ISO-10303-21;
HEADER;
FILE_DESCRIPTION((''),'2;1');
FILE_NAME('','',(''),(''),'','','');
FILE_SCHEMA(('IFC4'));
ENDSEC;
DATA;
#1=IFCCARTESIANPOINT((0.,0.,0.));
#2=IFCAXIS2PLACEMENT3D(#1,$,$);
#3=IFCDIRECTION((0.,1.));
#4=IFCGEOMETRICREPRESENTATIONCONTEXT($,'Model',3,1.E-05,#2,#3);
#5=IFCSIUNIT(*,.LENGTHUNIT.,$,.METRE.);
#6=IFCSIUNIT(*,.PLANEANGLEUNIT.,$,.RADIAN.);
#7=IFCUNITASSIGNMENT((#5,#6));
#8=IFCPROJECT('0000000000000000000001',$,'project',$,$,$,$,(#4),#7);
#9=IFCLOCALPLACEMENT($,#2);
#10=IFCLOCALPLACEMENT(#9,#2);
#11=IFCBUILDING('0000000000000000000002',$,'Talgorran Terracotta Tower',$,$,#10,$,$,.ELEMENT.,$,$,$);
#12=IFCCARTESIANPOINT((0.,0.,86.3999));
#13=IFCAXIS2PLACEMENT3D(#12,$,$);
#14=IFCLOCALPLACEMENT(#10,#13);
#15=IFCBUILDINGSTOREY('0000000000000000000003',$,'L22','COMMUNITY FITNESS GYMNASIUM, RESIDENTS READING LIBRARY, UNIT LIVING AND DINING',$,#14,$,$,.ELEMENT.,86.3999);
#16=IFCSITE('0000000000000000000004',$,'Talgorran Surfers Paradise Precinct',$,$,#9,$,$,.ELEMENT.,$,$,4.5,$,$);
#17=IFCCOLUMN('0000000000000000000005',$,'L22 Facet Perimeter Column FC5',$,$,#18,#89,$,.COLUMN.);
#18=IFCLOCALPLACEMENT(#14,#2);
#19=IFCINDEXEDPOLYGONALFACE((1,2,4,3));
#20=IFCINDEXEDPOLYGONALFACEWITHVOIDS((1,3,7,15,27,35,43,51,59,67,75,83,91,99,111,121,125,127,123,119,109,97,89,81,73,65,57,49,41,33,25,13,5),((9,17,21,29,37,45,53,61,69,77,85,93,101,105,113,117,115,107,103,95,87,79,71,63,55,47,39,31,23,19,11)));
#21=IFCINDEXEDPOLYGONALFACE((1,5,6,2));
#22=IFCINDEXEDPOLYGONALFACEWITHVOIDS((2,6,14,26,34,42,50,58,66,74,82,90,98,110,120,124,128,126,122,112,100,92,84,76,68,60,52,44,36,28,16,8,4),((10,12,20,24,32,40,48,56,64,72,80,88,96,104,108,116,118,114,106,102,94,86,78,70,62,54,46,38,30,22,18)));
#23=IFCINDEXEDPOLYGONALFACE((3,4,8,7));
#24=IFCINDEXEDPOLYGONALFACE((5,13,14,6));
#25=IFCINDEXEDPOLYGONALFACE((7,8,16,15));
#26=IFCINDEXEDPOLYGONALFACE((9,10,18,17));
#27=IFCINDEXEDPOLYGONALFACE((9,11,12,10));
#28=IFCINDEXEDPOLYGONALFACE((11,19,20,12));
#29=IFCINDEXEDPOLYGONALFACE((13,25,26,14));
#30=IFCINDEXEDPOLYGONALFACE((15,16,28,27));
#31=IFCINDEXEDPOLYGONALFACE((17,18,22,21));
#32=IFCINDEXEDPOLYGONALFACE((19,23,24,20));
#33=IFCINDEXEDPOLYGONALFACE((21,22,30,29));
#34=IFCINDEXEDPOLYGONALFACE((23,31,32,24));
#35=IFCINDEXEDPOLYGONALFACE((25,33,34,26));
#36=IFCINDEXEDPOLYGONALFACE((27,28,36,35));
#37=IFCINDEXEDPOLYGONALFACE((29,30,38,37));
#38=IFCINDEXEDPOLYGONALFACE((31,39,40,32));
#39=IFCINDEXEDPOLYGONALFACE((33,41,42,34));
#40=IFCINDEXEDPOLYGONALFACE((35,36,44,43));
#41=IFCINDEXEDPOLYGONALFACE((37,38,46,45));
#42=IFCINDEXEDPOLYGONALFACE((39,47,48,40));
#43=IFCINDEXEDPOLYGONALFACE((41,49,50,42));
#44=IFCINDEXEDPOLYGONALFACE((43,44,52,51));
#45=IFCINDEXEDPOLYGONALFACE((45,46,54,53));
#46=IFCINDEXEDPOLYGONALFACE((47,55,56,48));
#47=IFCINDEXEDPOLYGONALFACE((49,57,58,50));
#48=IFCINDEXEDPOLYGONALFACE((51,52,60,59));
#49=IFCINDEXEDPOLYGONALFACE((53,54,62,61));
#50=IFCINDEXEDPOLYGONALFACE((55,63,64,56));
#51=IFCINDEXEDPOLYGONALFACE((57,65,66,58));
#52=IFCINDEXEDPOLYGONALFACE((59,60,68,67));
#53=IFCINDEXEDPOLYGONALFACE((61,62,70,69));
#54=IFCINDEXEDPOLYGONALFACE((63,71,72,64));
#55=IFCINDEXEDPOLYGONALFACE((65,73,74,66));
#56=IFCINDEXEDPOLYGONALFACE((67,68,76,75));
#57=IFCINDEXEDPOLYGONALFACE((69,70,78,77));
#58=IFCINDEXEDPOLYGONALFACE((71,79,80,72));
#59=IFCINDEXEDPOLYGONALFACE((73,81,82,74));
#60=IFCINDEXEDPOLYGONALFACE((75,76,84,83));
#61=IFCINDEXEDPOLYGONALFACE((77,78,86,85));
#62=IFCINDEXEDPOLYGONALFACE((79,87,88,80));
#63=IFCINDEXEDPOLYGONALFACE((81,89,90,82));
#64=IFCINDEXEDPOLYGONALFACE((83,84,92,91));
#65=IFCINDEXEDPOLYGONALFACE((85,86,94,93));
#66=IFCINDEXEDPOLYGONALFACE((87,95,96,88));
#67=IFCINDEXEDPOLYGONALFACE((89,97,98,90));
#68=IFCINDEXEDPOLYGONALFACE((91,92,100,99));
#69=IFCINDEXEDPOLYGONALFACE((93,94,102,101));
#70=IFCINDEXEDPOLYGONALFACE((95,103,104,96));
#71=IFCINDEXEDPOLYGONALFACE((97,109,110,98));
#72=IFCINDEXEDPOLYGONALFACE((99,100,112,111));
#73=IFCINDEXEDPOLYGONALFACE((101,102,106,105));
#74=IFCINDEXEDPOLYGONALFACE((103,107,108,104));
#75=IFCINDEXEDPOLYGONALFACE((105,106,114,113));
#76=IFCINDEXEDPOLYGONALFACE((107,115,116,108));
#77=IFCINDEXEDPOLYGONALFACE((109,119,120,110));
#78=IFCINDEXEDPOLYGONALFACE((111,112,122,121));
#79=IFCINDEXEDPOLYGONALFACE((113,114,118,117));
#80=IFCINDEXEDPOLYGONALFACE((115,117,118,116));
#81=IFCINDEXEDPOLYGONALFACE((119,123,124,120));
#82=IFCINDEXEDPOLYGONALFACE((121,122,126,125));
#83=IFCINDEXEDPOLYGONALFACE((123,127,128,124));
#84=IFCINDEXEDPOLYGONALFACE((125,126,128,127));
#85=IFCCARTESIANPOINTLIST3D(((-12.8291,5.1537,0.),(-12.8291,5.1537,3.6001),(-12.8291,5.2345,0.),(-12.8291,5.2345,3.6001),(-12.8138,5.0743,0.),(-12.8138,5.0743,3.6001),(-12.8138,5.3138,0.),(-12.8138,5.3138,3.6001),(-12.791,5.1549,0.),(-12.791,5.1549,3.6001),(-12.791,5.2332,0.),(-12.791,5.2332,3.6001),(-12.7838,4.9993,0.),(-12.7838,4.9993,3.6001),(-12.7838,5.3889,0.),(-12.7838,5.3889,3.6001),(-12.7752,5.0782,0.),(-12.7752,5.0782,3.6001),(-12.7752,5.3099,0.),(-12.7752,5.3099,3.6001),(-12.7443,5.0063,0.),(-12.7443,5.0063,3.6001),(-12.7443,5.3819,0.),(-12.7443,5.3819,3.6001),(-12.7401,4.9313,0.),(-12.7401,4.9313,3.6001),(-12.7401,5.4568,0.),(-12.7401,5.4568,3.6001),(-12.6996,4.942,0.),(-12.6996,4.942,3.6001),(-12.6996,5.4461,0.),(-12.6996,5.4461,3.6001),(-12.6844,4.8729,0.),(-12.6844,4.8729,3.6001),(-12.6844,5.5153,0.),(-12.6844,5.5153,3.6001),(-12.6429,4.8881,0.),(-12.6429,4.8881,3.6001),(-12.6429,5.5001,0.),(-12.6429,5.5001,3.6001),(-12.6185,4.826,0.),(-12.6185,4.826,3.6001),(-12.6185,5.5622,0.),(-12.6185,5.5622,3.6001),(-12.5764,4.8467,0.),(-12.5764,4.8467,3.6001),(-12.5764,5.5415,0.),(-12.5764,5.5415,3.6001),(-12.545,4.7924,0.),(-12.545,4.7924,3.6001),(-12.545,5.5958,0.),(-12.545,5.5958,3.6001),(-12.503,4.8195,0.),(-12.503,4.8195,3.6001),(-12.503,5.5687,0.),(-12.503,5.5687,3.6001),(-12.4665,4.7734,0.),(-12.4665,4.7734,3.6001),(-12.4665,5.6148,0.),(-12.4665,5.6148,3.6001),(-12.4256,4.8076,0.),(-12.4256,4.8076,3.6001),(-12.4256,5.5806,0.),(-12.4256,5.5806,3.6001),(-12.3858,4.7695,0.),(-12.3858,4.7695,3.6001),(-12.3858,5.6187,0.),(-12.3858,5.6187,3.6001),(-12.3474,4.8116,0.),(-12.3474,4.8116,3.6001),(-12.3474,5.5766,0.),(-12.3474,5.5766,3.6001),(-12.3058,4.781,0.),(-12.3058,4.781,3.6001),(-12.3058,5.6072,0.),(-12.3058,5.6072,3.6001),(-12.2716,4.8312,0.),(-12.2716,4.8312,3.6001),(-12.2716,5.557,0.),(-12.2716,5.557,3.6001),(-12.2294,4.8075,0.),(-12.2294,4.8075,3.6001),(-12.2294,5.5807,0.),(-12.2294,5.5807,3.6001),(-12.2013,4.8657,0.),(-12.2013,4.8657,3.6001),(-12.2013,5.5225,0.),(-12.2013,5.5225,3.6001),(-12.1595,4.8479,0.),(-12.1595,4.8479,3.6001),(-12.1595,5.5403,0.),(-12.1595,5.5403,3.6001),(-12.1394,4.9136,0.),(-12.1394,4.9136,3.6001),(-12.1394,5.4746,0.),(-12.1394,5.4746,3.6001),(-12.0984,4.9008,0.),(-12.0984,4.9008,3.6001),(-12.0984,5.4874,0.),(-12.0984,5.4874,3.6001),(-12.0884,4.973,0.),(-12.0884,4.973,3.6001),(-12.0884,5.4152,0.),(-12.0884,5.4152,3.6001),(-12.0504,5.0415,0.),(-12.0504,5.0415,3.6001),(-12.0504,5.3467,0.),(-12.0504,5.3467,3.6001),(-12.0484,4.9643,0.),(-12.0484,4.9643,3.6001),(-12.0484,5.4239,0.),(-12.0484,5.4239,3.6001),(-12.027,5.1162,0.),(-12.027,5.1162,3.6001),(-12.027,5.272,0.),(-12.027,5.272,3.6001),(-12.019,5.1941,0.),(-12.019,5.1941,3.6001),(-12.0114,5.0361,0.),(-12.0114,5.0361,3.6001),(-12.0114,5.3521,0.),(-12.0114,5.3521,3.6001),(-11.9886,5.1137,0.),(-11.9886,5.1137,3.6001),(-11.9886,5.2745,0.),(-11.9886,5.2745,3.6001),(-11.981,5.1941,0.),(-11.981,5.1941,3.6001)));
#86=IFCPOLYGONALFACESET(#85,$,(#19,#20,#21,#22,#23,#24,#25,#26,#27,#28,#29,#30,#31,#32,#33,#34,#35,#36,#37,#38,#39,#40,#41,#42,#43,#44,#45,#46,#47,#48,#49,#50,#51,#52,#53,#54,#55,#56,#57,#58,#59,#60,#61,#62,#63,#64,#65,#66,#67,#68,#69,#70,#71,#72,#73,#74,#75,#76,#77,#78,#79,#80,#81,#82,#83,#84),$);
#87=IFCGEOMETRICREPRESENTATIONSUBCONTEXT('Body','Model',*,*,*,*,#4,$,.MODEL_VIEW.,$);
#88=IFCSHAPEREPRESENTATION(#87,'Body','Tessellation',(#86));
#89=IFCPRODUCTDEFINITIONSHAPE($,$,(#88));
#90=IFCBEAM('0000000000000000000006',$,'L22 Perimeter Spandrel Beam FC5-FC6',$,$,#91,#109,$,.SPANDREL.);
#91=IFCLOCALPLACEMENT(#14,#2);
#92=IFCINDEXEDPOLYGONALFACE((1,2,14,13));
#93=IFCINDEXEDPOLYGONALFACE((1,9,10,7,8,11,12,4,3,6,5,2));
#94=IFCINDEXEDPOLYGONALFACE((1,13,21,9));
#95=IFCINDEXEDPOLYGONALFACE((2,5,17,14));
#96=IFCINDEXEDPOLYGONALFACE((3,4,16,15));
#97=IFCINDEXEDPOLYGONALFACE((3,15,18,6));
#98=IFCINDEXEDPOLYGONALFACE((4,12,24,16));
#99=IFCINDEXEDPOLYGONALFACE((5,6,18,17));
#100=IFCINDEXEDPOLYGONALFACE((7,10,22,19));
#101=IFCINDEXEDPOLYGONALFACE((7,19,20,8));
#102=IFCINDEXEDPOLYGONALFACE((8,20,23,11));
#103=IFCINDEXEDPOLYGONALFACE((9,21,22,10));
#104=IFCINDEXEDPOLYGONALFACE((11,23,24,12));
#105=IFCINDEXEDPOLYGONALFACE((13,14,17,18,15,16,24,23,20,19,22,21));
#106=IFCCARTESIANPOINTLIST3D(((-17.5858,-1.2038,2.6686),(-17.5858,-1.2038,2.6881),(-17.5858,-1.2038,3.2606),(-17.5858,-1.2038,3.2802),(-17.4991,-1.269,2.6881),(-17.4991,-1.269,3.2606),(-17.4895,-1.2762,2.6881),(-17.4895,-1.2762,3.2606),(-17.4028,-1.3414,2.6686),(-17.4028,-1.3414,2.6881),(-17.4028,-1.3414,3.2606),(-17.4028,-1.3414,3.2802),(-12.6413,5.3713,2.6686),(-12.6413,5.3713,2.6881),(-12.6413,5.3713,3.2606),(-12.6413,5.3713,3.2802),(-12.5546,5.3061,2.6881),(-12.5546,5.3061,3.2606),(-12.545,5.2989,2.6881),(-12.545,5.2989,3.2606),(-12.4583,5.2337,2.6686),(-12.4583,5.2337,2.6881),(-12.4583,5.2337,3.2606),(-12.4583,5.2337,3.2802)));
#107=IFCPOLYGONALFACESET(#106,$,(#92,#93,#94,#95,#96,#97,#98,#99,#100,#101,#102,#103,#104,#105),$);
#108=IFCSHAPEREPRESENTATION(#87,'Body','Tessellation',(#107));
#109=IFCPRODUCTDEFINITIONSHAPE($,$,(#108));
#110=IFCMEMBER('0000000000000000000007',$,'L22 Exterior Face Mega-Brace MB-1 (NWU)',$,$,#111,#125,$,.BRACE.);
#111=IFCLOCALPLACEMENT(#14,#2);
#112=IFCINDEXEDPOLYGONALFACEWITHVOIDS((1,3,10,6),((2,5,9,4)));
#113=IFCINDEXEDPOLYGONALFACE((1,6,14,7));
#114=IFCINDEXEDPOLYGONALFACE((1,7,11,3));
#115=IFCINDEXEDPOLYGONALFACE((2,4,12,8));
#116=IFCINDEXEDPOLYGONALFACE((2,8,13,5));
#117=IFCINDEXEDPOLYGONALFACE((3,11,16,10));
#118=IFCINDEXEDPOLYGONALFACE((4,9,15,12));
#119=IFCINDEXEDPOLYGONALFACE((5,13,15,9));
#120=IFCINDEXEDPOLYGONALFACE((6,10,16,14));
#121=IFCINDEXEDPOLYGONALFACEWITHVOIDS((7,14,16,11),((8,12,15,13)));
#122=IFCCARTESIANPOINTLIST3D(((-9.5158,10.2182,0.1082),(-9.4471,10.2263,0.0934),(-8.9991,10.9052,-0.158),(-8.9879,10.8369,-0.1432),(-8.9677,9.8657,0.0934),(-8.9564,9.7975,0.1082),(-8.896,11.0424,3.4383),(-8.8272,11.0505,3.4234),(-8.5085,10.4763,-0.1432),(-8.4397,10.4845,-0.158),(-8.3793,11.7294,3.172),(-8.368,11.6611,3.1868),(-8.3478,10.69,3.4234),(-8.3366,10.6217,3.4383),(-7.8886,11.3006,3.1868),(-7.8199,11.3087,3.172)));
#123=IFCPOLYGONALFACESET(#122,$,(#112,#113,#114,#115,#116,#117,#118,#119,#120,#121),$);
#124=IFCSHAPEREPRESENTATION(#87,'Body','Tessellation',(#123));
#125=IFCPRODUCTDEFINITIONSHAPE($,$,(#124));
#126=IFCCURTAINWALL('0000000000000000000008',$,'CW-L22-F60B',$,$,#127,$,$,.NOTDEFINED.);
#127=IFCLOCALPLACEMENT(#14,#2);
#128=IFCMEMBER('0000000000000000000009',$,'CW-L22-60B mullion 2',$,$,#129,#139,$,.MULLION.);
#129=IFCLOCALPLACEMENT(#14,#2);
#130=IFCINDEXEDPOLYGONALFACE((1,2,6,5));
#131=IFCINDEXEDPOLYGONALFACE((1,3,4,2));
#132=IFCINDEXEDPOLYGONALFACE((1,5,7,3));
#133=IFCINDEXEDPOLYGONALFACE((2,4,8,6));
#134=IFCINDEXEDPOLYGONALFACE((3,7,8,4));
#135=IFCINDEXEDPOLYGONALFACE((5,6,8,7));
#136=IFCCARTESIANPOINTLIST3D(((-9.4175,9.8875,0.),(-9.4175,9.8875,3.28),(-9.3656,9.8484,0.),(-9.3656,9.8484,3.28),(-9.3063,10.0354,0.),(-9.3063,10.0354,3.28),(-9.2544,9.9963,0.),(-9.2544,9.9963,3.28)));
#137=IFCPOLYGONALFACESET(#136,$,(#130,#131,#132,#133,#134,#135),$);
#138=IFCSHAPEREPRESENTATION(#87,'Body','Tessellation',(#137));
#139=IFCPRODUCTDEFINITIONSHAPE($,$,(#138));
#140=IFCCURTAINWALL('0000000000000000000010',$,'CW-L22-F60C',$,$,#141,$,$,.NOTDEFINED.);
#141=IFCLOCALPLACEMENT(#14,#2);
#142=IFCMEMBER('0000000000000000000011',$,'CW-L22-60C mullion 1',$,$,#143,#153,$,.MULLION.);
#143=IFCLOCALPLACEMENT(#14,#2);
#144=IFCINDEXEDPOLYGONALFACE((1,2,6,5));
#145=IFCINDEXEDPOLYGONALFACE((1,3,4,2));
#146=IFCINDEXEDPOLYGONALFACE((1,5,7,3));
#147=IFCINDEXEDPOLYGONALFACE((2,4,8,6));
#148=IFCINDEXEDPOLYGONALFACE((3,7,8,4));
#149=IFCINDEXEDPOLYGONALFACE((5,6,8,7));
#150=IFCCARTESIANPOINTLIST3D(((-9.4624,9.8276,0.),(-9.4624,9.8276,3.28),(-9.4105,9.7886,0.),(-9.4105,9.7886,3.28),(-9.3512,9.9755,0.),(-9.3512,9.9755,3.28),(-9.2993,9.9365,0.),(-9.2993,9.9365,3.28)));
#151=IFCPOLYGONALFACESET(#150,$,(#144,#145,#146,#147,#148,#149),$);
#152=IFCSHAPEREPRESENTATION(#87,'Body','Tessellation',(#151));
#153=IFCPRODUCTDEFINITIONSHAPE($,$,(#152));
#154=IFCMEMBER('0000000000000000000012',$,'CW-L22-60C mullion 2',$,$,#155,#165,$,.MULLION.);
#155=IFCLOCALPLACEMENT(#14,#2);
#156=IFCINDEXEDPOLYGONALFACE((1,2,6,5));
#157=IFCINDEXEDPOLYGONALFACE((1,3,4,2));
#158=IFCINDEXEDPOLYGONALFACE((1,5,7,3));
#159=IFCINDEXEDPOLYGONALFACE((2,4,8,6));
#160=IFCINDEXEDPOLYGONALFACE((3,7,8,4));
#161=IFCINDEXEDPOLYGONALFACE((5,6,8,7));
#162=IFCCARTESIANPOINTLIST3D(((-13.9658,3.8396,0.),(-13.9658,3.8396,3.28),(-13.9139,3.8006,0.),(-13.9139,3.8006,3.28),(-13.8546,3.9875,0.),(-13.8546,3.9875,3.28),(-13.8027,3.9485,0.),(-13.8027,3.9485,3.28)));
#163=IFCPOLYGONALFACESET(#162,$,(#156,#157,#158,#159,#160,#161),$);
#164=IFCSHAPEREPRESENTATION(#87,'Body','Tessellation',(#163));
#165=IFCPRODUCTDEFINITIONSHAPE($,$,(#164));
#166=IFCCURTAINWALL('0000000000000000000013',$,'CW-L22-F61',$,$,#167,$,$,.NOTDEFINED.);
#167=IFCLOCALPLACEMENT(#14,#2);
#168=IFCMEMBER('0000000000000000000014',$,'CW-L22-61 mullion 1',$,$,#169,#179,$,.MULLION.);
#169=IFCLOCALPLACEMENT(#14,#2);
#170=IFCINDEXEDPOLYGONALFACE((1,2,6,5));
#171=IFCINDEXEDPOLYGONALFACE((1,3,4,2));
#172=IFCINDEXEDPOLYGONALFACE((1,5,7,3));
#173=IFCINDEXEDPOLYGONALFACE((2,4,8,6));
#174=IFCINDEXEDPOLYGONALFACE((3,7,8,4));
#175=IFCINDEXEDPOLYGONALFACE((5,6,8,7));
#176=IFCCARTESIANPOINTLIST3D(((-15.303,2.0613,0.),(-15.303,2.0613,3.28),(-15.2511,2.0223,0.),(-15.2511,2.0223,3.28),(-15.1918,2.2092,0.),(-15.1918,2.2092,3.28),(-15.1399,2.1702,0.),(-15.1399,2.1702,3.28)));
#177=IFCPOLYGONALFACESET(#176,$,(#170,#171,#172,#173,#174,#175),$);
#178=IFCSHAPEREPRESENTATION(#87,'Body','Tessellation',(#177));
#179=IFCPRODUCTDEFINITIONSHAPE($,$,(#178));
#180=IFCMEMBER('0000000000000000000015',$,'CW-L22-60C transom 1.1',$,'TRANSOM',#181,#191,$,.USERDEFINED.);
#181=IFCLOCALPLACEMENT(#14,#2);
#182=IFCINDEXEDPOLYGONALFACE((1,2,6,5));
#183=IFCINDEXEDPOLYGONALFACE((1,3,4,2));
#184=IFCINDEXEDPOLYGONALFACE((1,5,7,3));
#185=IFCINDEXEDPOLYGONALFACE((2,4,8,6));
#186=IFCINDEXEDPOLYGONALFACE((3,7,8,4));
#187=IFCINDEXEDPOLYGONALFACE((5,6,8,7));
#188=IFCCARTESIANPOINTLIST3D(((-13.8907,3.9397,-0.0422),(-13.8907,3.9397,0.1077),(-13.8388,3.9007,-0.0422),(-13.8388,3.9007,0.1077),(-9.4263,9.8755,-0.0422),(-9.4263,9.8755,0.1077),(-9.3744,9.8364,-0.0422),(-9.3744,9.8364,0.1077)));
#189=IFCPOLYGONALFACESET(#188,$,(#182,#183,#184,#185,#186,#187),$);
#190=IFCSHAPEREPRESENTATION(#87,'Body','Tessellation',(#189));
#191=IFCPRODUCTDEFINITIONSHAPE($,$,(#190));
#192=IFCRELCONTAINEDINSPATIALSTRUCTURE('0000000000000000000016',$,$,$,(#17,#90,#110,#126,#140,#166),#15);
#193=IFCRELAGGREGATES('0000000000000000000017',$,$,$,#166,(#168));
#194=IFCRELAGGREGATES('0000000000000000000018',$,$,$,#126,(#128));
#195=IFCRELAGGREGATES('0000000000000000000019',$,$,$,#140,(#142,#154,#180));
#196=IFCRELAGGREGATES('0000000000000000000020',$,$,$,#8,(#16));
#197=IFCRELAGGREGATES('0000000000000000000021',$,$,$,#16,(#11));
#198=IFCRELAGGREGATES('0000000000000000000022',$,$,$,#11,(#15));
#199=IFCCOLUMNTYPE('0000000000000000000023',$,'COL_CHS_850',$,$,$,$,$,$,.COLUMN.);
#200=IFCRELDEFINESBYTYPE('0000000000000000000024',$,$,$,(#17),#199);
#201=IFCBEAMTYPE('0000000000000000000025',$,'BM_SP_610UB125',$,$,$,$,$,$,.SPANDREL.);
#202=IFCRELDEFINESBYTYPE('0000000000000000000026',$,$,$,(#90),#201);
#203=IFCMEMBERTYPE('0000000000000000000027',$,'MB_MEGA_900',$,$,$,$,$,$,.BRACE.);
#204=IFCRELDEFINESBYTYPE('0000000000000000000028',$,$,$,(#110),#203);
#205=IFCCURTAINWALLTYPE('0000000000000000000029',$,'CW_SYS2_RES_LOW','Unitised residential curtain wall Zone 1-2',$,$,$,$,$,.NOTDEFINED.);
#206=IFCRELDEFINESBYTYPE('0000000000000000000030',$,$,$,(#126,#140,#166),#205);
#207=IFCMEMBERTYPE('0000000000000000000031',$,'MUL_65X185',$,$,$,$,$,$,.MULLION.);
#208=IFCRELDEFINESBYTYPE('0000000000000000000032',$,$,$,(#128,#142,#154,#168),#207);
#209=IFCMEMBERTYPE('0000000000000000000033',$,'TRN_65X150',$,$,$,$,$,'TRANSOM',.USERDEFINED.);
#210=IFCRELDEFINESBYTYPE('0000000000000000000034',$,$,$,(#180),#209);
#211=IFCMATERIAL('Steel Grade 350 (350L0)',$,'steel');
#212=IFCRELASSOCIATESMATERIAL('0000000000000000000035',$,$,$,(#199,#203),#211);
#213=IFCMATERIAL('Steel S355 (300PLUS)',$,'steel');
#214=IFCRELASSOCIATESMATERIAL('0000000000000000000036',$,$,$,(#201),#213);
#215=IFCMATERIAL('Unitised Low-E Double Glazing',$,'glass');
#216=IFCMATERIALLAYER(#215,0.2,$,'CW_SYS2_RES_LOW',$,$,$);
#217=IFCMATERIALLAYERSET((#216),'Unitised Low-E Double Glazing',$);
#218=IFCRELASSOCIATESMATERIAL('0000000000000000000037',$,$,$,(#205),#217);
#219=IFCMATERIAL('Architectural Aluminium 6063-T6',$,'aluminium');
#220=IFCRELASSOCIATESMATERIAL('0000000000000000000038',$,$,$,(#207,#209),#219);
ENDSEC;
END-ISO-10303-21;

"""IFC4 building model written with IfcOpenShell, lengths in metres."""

from ifc_helpers import new_model, si_unit, direction, frame, origin, origin_2d, place, context, subcontext, project, spatial, rectangle, hollow_rectangle, hollow_circle, i_section, extrude, material, layer, layer_set, material_profile, profile_set, type_object, element, aggregate, save


model = new_model("IFC4")

# Units and contexts
model_context = context("Model", 3, precision=1e-05, world=origin(), true_north=direction((0.0, 1.0)))
body_context = subcontext(model_context, "Body", "Model", "MODEL_VIEW")
ifc_project = project(units=[si_unit("LENGTHUNIT", "METRE"), si_unit("PLANEANGLEUNIT", "RADIAN")], contexts=[model_context])

# Site, building, storey
site_placement = place(None, origin())
site = spatial("IfcSite", under=ifc_project, at=site_placement, Name="Talgorran Surfers Paradise Precinct", CompositionType="ELEMENT", RefElevation=4.5)
building_placement = place(site_placement, origin())
building = spatial("IfcBuilding", under=site, at=building_placement, Name="Talgorran Terracotta Tower", CompositionType="ELEMENT")
storey_placement = place(building_placement, frame((0.0, 0.0, 86.3999)))
storey = spatial("IfcBuildingStorey", under=building, at=storey_placement, Name="L22", Description="COMMUNITY FITNESS GYMNASIUM, RESIDENTS READING LIBRARY, UNIT LIVING AND DINING", CompositionType="ELEMENT", Elevation=86.3999)

# Column
ifc_material_1 = material(Name="Steel Grade 350 (350L0)", Category="steel")
ifc_material_profile_1 = material_profile(ifc_material_1, hollow_circle(Radius=0.425, WallThickness=0.0381, at=origin_2d()), Name="CHS850X38")
ifc_profile_set_1 = profile_set([ifc_material_profile_1], Name="Steel Grade 350 (350L0)")
column_type = type_object("IfcColumnType", Name="COL_CHS_850", PredefinedType="COLUMN", material=ifc_profile_set_1)
column_placement = place(storey_placement, frame((-12.406, 5.1941, 0.0), z_axis=(0.0, 0.0, 1.0), x_axis=(1.0, 0.0, 0.0)))
element("IfcColumn", 1, at=column_placement, inside=storey, type_object=column_type, Name="L22 Facet Perimeter Column FC5", PredefinedType="COLUMN", context=body_context, shape_type="SweptSolid", body=[
    extrude(hollow_circle(Radius=0.425, WallThickness=0.0381, at=origin_2d()), origin(), (0.0, 0.0, 1.0), 3.6001),
])

# Beam
ifc_material_2 = material(Name="Steel S355 (300PLUS)", Category="steel")
ifc_material_profile_2 = material_profile(ifc_material_2, i_section(OverallWidth=0.229, OverallDepth=0.6116, WebThickness=0.012, FlangeThickness=0.0195, at=origin_2d()), Name="610UB125")
ifc_profile_set_2 = profile_set([ifc_material_profile_2], Name="Steel S355 (300PLUS)")
beam_type = type_object("IfcBeamType", Name="BM_SP_610UB125", PredefinedType="SPANDREL", material=ifc_profile_set_2)
beam_placement = place(storey_placement, frame((-12.5498, 5.3025, 2.9744), z_axis=(-0.601025, -0.79923, 0.0), x_axis=(0.79923, -0.601025, 0.0)))
element("IfcBeam", 2, at=beam_placement, inside=storey, type_object=beam_type, Name="L22 Perimeter Spandrel Beam FC5-FC6", PredefinedType="SPANDREL", context=body_context, shape_type="SweptSolid", body=[
    extrude(i_section(OverallWidth=0.229, OverallDepth=0.6116, WebThickness=0.012, FlangeThickness=0.0195, at=origin_2d()), origin(), (0.0, 0.0, 1.0), 8.2268),
])

# Member
ifc_material_profile_3 = material_profile(ifc_material_1, hollow_rectangle(XDim=0.7, YDim=0.8999, WallThickness=0.05, at=origin_2d()), Name="WBOX900X700X50")
ifc_profile_set_3 = profile_set([ifc_material_profile_3], Name="Steel Grade 350 (350L0)")
member_type_1 = type_object("IfcMemberType", Name="MB_MEGA_900", PredefinedType="BRACE", material=ifc_profile_set_3)
member_1_placement = place(storey_placement, frame((-8.9778, 10.3513, -0.0249), z_axis=(0.177812, 0.236429, 0.95524), x_axis=(-0.799204, 0.60106, 0.0)))
element("IfcMember", 3, at=member_1_placement, inside=storey, type_object=member_type_1, Name="L22 Exterior Face Mega-Brace MB-1 (NWU)", PredefinedType="BRACE", context=body_context, shape_type="SweptSolid", body=[
    extrude(hollow_rectangle(XDim=0.7, YDim=0.8999, WallThickness=0.05, at=origin_2d()), origin(), (0.0, 0.0, 1.0), 3.4861),
])

# Curtain wall, member
ifc_material_3 = material(Name="Unitised Low-E Double Glazing", Category="glass")
ifc_layer_1 = layer(ifc_material_3, 0.2, Name="CW_SYS2_RES_LOW")
ifc_layer_set_1 = layer_set([ifc_layer_1], Name="Unitised Low-E Double Glazing")
curtain_wall_type = type_object("IfcCurtainWallType", Name="CW_SYS2_RES_LOW", Description="Unitised residential curtain wall Zone 1-2", PredefinedType="NOTDEFINED", material=ifc_layer_set_1)
curtain_wall_1_placement = place(storey_placement, origin())
curtain_wall_1 = element("IfcCurtainWall", 4, at=curtain_wall_1_placement, inside=storey, type_object=curtain_wall_type, Name="CW-L22-F60B", PredefinedType="NOTDEFINED")
ifc_material_4 = material(Name="Architectural Aluminium 6063-T6", Category="aluminium")
ifc_material_profile_4 = material_profile(ifc_material_4, rectangle(XDim=0.0649, YDim=0.1851, at=origin_2d()), Name="CWM65X185")
ifc_profile_set_4 = profile_set([ifc_material_profile_4], Name="Architectural Aluminium 6063-T6")
member_type_2 = type_object("IfcMemberType", Name="MUL_65X185", PredefinedType="MULLION", material=ifc_profile_set_4)
member_2_placement = place(storey_placement, frame((-9.3359, 9.9419, 0.0), z_axis=(0.0, 0.0, 1.0), x_axis=(0.799191, -0.601078, 0.0)))
member_2 = element("IfcMember", 5, at=member_2_placement, type_object=member_type_2, Name="CW-L22-60B mullion 2", PredefinedType="MULLION", context=body_context, shape_type="SweptSolid", body=[
    extrude(rectangle(XDim=0.0649, YDim=0.1851, at=origin_2d()), origin(), (0.0, 0.0, 1.0), 3.28),
])

# Curtain wall, members
curtain_wall_2_placement = place(storey_placement, origin())
curtain_wall_2 = element("IfcCurtainWall", 6, at=curtain_wall_2_placement, inside=storey, type_object=curtain_wall_type, Name="CW-L22-F60C", PredefinedType="NOTDEFINED")
member_3_placement = place(storey_placement, frame((-9.3809, 9.8821, 0.0), z_axis=(0.0, 0.0, 1.0), x_axis=(0.799213, -0.601047, 0.0)))
member_3 = element("IfcMember", 7, at=member_3_placement, type_object=member_type_2, Name="CW-L22-60C mullion 1", PredefinedType="MULLION", context=body_context, shape_type="SweptSolid", body=[
    extrude(rectangle(XDim=0.0649, YDim=0.1851, at=origin_2d()), origin(), (0.0, 0.0, 1.0), 3.28),
])
member_4_placement = place(storey_placement, frame((-13.8843, 3.894, 0.0), z_axis=(0.0, 0.0, 1.0), x_axis=(0.799213, -0.601047, 0.0)))
member_4 = element("IfcMember", 8, at=member_4_placement, type_object=member_type_2, Name="CW-L22-60C mullion 2", PredefinedType="MULLION", context=body_context, shape_type="SweptSolid", body=[
    extrude(rectangle(XDim=0.0649, YDim=0.1851, at=origin_2d()), origin(), (0.0, 0.0, 1.0), 3.28),
])

# Curtain wall, member
curtain_wall_3_placement = place(storey_placement, origin())
curtain_wall_3 = element("IfcCurtainWall", 9, at=curtain_wall_3_placement, inside=storey, type_object=curtain_wall_type, Name="CW-L22-F61", PredefinedType="NOTDEFINED")
member_5_placement = place(storey_placement, frame((-15.2214, 2.1157, 0.0), z_axis=(0.0, 0.0, 1.0), x_axis=(0.799213, -0.601048, 0.0)))
member_5 = element("IfcMember", 10, at=member_5_placement, type_object=member_type_2, Name="CW-L22-61 mullion 1", PredefinedType="MULLION", context=body_context, shape_type="SweptSolid", body=[
    extrude(rectangle(XDim=0.0649, YDim=0.1851, at=origin_2d()), origin(), (0.0, 0.0, 1.0), 3.28),
])
aggregate(curtain_wall_3, [member_5])

# Member
ifc_material_profile_5 = material_profile(ifc_material_4, rectangle(XDim=0.0649, YDim=0.1499, at=origin_2d()), Name="CWT65X150")
ifc_profile_set_5 = profile_set([ifc_material_profile_5], Name="Architectural Aluminium 6063-T6")
member_type_3 = type_object("IfcMemberType", Name="TRN_65X150", ElementType="TRANSOM", PredefinedType="USERDEFINED", material=ifc_profile_set_5)
member_6_placement = place(storey_placement, frame((-9.4004, 9.856, 0.0327), z_axis=(-0.601078, -0.799191, 0.0), x_axis=(0.799191, -0.601078, 0.0)))
member_6 = element("IfcMember", 11, at=member_6_placement, type_object=member_type_3, Name="CW-L22-60C transom 1.1", ObjectType="TRANSOM", PredefinedType="USERDEFINED", context=body_context, shape_type="SweptSolid", body=[
    extrude(rectangle(XDim=0.0649, YDim=0.1499, at=origin_2d()), origin(), (0.0, 0.0, 1.0), 7.4272),
])

aggregate(curtain_wall_1, [member_2])
aggregate(curtain_wall_2, [member_3, member_4, member_6])

save(model, "model.ifc")
